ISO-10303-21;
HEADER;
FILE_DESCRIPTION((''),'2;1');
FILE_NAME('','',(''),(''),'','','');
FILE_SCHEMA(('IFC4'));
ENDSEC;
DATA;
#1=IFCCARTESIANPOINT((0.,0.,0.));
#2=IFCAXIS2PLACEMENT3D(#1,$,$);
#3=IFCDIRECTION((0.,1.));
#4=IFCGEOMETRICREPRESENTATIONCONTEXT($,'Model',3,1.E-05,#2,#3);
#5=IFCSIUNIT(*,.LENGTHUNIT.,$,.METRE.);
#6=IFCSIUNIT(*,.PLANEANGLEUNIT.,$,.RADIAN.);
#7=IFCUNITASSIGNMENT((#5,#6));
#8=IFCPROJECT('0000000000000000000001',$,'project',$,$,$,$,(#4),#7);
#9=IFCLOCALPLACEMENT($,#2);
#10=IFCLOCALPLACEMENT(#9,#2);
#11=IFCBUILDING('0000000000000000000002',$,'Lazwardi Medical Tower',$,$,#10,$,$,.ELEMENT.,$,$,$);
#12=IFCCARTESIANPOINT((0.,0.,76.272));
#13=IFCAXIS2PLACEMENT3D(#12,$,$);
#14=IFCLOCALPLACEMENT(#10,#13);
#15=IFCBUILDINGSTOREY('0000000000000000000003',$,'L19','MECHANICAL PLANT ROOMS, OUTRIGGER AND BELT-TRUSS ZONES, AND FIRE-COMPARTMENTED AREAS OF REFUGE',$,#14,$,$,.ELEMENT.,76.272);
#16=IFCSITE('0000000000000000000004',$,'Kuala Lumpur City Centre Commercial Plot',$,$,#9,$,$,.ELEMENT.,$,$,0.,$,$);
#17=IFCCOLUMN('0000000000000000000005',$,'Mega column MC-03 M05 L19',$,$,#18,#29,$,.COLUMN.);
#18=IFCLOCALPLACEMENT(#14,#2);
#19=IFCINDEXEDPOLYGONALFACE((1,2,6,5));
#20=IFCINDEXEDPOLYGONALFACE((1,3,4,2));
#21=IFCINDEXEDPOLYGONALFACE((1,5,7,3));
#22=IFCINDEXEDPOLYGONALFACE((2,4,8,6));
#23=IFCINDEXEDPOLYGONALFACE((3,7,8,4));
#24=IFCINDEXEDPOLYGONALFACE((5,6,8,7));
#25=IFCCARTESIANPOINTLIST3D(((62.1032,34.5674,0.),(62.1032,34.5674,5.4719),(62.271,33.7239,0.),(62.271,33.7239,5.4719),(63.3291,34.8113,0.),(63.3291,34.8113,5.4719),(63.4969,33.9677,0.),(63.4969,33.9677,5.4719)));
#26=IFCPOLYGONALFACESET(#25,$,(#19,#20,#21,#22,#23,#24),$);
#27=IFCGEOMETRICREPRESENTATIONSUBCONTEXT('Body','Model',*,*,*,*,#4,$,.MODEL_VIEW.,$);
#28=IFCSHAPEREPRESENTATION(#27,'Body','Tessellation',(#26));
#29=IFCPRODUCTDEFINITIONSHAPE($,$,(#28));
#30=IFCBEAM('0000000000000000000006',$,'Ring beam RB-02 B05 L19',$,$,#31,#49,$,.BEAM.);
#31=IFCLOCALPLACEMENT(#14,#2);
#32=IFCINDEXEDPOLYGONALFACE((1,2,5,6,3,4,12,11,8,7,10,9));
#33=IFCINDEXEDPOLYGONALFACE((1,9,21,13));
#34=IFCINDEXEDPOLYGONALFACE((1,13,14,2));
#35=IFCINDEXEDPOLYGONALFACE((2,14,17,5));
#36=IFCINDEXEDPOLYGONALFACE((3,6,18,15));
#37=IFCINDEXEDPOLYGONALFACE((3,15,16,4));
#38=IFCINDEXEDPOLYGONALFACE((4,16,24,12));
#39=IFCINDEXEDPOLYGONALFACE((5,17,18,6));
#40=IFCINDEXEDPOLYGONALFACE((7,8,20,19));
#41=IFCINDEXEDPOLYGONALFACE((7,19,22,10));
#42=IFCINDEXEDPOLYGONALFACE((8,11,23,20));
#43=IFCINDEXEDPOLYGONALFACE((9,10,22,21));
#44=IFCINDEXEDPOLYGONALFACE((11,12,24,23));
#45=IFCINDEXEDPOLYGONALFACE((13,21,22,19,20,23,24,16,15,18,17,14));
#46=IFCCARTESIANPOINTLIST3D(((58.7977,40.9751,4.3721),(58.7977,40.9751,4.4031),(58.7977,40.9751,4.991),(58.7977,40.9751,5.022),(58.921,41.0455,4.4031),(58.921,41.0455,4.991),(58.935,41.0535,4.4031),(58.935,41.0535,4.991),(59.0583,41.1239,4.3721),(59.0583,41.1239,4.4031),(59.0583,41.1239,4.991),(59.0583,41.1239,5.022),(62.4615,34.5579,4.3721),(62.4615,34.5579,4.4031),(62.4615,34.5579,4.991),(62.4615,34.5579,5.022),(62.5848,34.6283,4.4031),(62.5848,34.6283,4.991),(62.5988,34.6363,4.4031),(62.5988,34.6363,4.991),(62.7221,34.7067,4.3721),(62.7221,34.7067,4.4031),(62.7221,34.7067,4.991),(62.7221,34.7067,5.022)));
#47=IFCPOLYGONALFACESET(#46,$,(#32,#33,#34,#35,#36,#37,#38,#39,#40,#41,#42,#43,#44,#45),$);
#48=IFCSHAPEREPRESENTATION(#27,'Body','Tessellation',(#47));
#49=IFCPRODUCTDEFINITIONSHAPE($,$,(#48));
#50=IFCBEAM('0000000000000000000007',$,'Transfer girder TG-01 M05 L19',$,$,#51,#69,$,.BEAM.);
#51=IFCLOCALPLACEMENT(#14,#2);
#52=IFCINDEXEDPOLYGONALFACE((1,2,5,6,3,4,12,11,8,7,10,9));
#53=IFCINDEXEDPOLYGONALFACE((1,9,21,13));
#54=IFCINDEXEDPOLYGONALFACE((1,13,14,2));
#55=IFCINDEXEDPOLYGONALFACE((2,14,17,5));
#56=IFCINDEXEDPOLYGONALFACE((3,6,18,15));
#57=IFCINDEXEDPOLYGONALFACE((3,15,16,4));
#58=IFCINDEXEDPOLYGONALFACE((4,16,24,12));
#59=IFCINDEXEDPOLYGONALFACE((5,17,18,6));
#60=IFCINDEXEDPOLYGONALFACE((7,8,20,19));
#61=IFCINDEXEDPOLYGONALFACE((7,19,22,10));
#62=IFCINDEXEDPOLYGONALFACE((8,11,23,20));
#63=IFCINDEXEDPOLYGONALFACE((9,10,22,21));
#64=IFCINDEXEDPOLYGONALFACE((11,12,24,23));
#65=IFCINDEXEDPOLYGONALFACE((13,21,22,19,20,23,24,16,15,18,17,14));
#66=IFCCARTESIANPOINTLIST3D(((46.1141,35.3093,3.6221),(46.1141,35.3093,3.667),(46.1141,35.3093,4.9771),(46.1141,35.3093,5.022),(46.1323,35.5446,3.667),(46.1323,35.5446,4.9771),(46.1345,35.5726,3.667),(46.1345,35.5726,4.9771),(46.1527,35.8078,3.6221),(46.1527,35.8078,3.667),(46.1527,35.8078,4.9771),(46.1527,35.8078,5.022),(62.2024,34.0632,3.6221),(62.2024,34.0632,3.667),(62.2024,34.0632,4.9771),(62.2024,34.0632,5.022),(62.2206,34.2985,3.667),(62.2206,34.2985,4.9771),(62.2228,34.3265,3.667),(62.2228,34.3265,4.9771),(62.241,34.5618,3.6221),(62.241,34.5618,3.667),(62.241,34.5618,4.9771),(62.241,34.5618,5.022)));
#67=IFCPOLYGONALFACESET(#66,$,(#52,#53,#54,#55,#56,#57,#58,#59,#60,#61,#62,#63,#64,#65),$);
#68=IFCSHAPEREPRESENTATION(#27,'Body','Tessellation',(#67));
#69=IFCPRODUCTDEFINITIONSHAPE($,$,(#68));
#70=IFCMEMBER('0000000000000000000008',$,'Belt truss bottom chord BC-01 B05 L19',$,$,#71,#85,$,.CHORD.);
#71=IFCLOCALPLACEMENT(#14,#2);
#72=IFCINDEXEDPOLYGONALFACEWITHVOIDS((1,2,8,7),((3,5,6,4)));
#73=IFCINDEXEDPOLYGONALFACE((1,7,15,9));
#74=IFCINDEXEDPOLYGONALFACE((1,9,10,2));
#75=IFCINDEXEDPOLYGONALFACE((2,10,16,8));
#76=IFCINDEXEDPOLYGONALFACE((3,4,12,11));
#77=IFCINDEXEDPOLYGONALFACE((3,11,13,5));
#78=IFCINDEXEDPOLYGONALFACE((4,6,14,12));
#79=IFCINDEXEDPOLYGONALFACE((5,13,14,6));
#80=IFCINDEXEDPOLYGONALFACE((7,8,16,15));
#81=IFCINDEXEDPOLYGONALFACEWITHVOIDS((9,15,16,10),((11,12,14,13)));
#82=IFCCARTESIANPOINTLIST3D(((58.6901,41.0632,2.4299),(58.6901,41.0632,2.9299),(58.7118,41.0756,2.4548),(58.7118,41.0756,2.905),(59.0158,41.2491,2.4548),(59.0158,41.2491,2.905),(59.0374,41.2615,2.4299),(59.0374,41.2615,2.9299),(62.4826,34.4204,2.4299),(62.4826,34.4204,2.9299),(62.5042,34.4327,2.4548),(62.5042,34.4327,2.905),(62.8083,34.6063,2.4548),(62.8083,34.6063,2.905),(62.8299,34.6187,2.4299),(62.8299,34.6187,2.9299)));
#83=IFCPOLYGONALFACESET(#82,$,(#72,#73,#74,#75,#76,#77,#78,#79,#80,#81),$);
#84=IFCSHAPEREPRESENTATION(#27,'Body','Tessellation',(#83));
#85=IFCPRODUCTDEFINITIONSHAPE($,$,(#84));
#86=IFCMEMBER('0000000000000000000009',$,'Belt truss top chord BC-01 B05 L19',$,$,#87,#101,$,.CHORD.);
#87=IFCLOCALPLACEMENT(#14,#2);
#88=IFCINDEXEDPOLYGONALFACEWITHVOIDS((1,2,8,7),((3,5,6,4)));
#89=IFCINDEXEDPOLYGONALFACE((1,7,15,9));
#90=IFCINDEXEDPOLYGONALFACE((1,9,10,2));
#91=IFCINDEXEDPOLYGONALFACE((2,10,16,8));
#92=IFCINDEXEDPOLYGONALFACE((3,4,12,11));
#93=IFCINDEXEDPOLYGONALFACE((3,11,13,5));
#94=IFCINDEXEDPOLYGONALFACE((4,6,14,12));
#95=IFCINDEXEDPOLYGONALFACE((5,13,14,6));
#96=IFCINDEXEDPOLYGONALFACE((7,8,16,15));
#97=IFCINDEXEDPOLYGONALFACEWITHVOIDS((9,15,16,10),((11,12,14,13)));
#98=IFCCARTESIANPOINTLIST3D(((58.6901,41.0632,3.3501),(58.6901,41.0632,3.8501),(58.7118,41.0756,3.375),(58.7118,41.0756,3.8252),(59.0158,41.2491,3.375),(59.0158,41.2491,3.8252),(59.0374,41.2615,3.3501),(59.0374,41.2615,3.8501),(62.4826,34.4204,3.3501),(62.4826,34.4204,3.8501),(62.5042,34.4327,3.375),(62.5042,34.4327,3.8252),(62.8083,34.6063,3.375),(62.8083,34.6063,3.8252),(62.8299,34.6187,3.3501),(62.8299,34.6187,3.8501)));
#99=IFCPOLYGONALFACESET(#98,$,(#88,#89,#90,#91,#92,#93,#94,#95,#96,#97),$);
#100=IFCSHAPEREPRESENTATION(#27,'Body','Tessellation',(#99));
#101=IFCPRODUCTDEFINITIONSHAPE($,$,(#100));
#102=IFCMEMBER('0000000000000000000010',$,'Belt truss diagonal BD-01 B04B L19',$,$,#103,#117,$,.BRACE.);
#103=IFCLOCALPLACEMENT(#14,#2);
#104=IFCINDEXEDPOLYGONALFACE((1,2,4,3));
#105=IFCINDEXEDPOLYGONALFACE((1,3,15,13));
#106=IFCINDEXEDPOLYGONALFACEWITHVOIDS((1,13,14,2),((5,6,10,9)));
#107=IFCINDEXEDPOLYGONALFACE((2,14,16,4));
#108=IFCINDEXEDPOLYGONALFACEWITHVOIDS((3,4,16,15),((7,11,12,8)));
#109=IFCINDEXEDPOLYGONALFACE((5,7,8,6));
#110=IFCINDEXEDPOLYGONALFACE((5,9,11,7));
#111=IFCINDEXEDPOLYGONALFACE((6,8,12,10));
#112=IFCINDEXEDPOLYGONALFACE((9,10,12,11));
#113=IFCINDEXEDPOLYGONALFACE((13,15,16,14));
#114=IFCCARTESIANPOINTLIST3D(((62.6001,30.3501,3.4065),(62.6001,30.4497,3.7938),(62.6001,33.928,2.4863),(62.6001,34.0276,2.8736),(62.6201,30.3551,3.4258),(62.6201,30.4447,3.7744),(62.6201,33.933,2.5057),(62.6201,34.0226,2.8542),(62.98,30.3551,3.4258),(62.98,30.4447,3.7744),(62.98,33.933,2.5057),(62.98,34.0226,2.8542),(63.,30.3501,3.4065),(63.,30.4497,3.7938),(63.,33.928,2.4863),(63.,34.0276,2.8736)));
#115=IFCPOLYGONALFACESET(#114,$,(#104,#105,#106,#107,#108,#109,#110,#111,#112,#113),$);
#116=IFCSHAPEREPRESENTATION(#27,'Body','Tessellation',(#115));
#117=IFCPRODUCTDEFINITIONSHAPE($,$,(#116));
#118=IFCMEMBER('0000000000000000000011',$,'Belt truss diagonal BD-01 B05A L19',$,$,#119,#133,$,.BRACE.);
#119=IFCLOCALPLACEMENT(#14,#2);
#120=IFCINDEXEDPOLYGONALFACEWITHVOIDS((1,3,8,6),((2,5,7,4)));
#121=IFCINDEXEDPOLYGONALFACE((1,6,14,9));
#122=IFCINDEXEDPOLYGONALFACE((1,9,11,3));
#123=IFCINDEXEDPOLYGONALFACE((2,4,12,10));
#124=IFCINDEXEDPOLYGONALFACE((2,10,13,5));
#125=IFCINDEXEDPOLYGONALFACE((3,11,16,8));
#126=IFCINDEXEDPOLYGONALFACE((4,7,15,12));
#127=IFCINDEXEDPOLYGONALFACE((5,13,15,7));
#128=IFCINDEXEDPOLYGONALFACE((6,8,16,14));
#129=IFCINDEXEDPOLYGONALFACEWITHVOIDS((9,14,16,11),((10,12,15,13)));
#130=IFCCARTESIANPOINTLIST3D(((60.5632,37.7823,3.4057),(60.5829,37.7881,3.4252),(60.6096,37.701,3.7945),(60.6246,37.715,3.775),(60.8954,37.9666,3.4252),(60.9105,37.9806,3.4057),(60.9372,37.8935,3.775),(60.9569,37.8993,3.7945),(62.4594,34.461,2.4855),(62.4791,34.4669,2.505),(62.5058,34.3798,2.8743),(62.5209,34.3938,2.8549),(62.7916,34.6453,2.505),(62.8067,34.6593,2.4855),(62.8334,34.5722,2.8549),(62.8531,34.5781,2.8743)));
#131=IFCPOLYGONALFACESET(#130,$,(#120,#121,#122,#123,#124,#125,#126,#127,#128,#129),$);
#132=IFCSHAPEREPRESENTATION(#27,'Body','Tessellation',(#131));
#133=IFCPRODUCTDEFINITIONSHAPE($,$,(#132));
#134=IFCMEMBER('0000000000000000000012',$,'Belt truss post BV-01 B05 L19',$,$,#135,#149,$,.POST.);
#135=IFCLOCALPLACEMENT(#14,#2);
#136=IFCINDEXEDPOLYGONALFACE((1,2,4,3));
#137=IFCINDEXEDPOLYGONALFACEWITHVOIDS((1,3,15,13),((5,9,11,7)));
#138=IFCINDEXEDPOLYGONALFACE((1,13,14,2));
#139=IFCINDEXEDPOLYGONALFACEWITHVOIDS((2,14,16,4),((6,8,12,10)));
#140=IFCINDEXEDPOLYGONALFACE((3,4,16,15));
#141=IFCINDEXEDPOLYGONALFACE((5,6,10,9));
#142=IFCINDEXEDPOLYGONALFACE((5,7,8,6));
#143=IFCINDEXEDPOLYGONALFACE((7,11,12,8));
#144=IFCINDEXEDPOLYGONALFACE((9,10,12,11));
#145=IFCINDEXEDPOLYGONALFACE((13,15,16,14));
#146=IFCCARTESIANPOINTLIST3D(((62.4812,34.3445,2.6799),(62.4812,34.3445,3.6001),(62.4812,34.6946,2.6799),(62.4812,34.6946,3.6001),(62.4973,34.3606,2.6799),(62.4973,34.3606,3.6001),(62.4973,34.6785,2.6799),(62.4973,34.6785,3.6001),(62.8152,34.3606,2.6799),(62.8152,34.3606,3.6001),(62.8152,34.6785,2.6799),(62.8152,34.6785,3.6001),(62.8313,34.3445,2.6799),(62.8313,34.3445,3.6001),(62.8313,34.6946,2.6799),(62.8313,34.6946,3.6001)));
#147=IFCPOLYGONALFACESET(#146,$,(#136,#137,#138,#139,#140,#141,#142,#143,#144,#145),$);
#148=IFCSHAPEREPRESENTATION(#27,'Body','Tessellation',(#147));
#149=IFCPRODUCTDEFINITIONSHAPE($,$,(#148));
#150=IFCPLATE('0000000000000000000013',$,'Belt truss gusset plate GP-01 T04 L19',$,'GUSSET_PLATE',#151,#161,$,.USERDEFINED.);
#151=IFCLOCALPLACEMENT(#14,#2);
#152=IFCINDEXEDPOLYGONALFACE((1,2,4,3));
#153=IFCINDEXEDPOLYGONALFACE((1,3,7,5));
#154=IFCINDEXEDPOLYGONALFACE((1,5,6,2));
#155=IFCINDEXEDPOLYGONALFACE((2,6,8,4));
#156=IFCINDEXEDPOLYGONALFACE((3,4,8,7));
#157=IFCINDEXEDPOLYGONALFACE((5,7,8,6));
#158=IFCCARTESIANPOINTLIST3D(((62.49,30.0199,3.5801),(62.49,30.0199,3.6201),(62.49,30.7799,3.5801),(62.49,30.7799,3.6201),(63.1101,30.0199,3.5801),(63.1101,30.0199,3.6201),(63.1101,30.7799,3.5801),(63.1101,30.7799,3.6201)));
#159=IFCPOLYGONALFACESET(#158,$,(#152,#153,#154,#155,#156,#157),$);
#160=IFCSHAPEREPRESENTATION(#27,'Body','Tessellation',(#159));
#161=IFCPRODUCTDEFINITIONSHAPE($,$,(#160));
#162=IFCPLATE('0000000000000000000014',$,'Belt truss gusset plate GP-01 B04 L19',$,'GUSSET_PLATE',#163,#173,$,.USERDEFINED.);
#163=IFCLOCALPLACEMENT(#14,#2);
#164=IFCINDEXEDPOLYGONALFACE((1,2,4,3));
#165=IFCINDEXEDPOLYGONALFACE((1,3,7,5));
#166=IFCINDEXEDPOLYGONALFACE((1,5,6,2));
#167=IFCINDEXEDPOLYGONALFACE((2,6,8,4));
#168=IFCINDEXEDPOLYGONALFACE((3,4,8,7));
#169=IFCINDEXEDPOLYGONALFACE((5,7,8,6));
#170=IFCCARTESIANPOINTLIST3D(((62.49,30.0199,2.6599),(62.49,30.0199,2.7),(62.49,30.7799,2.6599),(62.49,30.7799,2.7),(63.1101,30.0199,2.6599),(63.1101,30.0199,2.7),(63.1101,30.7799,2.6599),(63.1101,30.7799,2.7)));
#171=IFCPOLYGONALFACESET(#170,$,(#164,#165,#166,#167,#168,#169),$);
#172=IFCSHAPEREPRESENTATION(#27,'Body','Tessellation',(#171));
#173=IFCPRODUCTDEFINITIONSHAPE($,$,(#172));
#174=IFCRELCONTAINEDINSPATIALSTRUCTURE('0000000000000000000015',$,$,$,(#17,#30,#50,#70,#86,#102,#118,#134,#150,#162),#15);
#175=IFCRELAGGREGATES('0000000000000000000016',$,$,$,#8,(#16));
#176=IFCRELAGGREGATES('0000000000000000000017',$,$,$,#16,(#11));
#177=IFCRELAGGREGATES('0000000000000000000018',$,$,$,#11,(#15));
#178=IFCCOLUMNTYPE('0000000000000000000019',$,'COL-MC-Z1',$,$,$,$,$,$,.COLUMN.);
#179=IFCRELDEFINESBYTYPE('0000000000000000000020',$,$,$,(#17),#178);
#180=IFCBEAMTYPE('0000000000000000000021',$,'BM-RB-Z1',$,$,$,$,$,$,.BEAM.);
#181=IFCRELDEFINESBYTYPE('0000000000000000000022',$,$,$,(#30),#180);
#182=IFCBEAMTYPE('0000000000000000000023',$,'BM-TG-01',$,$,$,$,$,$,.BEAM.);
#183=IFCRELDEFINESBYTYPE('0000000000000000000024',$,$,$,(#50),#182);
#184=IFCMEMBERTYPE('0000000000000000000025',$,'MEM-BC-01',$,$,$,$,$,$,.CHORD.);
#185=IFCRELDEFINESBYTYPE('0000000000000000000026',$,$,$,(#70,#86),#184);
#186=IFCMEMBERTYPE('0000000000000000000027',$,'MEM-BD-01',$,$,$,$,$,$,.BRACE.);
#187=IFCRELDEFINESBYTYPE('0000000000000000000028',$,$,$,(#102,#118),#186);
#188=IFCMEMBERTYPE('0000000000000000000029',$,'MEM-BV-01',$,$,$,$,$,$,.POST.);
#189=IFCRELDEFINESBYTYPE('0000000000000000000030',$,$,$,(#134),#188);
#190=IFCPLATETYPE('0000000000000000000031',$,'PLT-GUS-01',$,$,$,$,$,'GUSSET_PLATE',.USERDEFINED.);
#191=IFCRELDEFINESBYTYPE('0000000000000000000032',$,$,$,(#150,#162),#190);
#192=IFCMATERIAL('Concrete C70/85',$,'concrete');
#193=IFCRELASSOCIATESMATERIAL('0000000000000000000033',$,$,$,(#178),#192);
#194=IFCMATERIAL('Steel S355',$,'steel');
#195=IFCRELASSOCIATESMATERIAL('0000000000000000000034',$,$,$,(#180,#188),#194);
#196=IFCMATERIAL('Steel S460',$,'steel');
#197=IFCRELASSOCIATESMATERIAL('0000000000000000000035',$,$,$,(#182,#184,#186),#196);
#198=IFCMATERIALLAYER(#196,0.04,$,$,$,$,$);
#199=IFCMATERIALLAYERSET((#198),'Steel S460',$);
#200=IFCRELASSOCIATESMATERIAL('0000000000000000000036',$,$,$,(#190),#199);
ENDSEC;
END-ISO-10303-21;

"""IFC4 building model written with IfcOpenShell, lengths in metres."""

from ifc_helpers import new_model, si_unit, direction, frame, origin, origin_2d, place, context, subcontext, project, spatial, rectangle, hollow_rectangle, i_section, extrude, material, layer, layer_set, material_profile, profile_set, type_object, element, save


model = new_model("IFC4")

# Units and contexts
model_context = context("Model", 3, precision=1e-05, world=origin(), true_north=direction((0.0, 1.0)))
body_context = subcontext(model_context, "Body", "Model", "MODEL_VIEW")
ifc_project = project(units=[si_unit("LENGTHUNIT", "METRE"), si_unit("PLANEANGLEUNIT", "RADIAN")], contexts=[model_context])

# Site, building, storey
site_placement = place(None, origin())
site = spatial("IfcSite", under=ifc_project, at=site_placement, Name="Kuala Lumpur City Centre Commercial Plot", CompositionType="ELEMENT", RefElevation=0.0)
building_placement = place(site_placement, origin())
building = spatial("IfcBuilding", under=site, at=building_placement, Name="Lazwardi Medical Tower", CompositionType="ELEMENT")
storey_placement = place(building_placement, frame((0.0, 0.0, 76.272)))
storey = spatial("IfcBuildingStorey", under=building, at=storey_placement, Name="L19", Description="MECHANICAL PLANT ROOMS, OUTRIGGER AND BELT-TRUSS ZONES, AND FIRE-COMPARTMENTED AREAS OF REFUGE", CompositionType="ELEMENT", Elevation=76.272)

# Column
ifc_material_1 = material(Name="Concrete C70/85", Category="concrete")
ifc_material_profile_1 = material_profile(ifc_material_1, rectangle(XDim=1.25, YDim=0.8601, at=origin_2d()), Name="CFT-RECT 1250x860")
ifc_profile_set_1 = profile_set([ifc_material_profile_1], Name="Concrete C70/85")
column_type = type_object("IfcColumnType", Name="COL-MC-Z1", PredefinedType="COLUMN", material=ifc_profile_set_1)
column_placement = place(storey_placement, frame((62.8, 34.2676, 0.0), z_axis=(0.0, 0.0, 1.0), x_axis=(0.980785, 0.19509, 0.0)))
element("IfcColumn", 1, at=column_placement, inside=storey, type_object=column_type, Name="Mega column MC-03 M05 L19", PredefinedType="COLUMN", context=body_context, shape_type="SweptSolid", body=[
    extrude(rectangle(XDim=1.25, YDim=0.8601, at=origin_2d()), origin(), (0.0, 0.0, 1.0), 5.4719),
])

# Beams
ifc_material_2 = material(Name="Steel S355", Category="steel")
ifc_material_profile_2 = material_profile(ifc_material_2, i_section(OverallWidth=0.3, OverallDepth=0.6499, WebThickness=0.0161, FlangeThickness=0.031, at=origin_2d()), Name="HEB 650")
ifc_profile_set_2 = profile_set([ifc_material_profile_2], Name="Steel S355")
beam_type_1 = type_object("IfcBeamType", Name="BM-RB-Z1", PredefinedType="BEAM", material=ifc_profile_set_2)
beam_1_placement = place(storey_placement, frame((62.5918, 34.6323, 4.697), z_axis=(-0.495815, 0.868428, 0.0), x_axis=(-0.868428, -0.495815, 0.0)))
element("IfcBeam", 2, at=beam_1_placement, inside=storey, type_object=beam_type_1, Name="Ring beam RB-02 B05 L19", PredefinedType="BEAM", context=body_context, shape_type="SweptSolid", body=[
    extrude(i_section(OverallWidth=0.3, OverallDepth=0.6499, WebThickness=0.0161, FlangeThickness=0.031, at=origin_2d()), origin(), (0.0, 0.0, 1.0), 7.3894),
])
ifc_material_3 = material(Name="Steel S460", Category="steel")
ifc_material_profile_3 = material_profile(ifc_material_3, i_section(OverallWidth=0.5, OverallDepth=1.3999, WebThickness=0.0281, FlangeThickness=0.0449, at=origin_2d()), Name="PG 1400x500")
ifc_profile_set_3 = profile_set([ifc_material_profile_3], Name="Steel S460")
beam_type_2 = type_object("IfcBeamType", Name="BM-TG-01", PredefinedType="BEAM", material=ifc_profile_set_3)
beam_2_placement = place(storey_placement, frame((62.2217, 34.3125, 4.322), z_axis=(-0.997014, 0.077222, 0.0), x_axis=(-0.077222, -0.997014, 0.0)))
element("IfcBeam", 3, at=beam_2_placement, inside=storey, type_object=beam_type_2, Name="Transfer girder TG-01 M05 L19", PredefinedType="BEAM", context=body_context, shape_type="SweptSolid", body=[
    extrude(i_section(OverallWidth=0.5, OverallDepth=1.3999, WebThickness=0.0281, FlangeThickness=0.0449, at=origin_2d()), origin(), (0.0, 0.0, 1.0), 16.1365),
])

# Members
ifc_material_profile_4 = material_profile(ifc_material_3, hollow_rectangle(XDim=0.3999, YDim=0.5, WallThickness=0.0249, at=origin_2d()), Name="RHS 500x400x25")
ifc_profile_set_4 = profile_set([ifc_material_profile_4], Name="Steel S460")
member_type_1 = type_object("IfcMemberType", Name="MEM-BC-01", PredefinedType="CHORD", material=ifc_profile_set_4)
for number, where, z_axis, x_axis, name in (
    (4, (62.6562, 34.5195, 2.6799), (-0.495802, 0.868436, 0.0), (-0.868436, -0.495802, 0.0), "Belt truss bottom chord BC-01 B05 L19"),
    (5, (62.6562, 34.5195, 3.6001), (-0.495802, 0.868436, 0.0), (-0.868436, -0.495802, 0.0), "Belt truss top chord BC-01 B05 L19"),
):
    element("IfcMember", number, at=place(storey_placement, frame(where, z_axis=z_axis, x_axis=x_axis)), inside=storey, type_object=member_type_1, Name=name, PredefinedType="CHORD", context=body_context, shape_type="SweptSolid", body=[
        extrude(hollow_rectangle(XDim=0.3999, YDim=0.5, WallThickness=0.0249, at=origin_2d()), origin(), (0.0, 0.0, 1.0), 7.6492),
    ])
ifc_material_profile_5 = material_profile(ifc_material_3, hollow_rectangle(XDim=0.3999, YDim=0.3999, WallThickness=0.02, at=origin_2d()), Name="RHS 400x400x20")
ifc_profile_set_5 = profile_set([ifc_material_profile_5], Name="Steel S460")
member_type_2 = type_object("IfcMemberType", Name="MEM-BD-01", PredefinedType="BRACE", material=ifc_profile_set_5)
member_1_placement = place(storey_placement, frame((62.8, 33.9778, 2.6799), z_axis=(0.0, -0.968484, 0.249076), x_axis=(1.0, 0.0, 0.0)))
element("IfcMember", 6, at=member_1_placement, inside=storey, type_object=member_type_2, Name="Belt truss diagonal BD-01 B04B L19", PredefinedType="BRACE", context=body_context, shape_type="SweptSolid", body=[
    extrude(hollow_rectangle(XDim=0.3999, YDim=0.3999, WallThickness=0.02, at=origin_2d()), origin(), (0.0, 0.0, 1.0), 3.6943),
])
member_2_placement = place(storey_placement, frame((62.6562, 34.5195, 2.6799), z_axis=(-0.482059, 0.844333, 0.233923), x_axis=(-0.868428, -0.495816, 0.0)))
element("IfcMember", 7, at=member_2_placement, inside=storey, type_object=member_type_2, Name="Belt truss diagonal BD-01 B05A L19", PredefinedType="BRACE", context=body_context, shape_type="SweptSolid", body=[
    extrude(hollow_rectangle(XDim=0.3999, YDim=0.3999, WallThickness=0.02, at=origin_2d()), origin(), (0.0, 0.0, 1.0), 3.9336),
])
ifc_material_profile_6 = material_profile(ifc_material_2, hollow_rectangle(XDim=0.3501, YDim=0.3501, WallThickness=0.0161, at=origin_2d()), Name="RHS 350x350x16")
ifc_profile_set_6 = profile_set([ifc_material_profile_6], Name="Steel S355")
member_type_3 = type_object("IfcMemberType", Name="MEM-BV-01", PredefinedType="POST", material=ifc_profile_set_6)
member_3_placement = place(storey_placement, frame((62.6562, 34.5195, 2.6799), z_axis=(0.0, 0.0, 1.0), x_axis=(1.0, 0.0, 0.0)))
element("IfcMember", 8, at=member_3_placement, inside=storey, type_object=member_type_3, Name="Belt truss post BV-01 B05 L19", PredefinedType="POST", context=body_context, shape_type="SweptSolid", body=[
    extrude(hollow_rectangle(XDim=0.3501, YDim=0.3501, WallThickness=0.0161, at=origin_2d()), origin(), (0.0, 0.0, 1.0), 0.9202),
])

# Plates
ifc_layer = layer(ifc_material_3, 0.04)
ifc_layer_set = layer_set([ifc_layer], Name="Steel S460")
plate_type = type_object("IfcPlateType", Name="PLT-GUS-01", ElementType="GUSSET_PLATE", PredefinedType="USERDEFINED", material=ifc_layer_set)
for number, where, z_axis, x_axis, name in (
    (9, (62.8, 30.3999, 3.5801), (0.0, 0.0, 1.0), (0.0, 1.0, 0.0), "Belt truss gusset plate GP-01 T04 L19"),
    (10, (62.8, 30.3999, 2.6599), (0.0, 0.0, 1.0), (0.0, 1.0, 0.0), "Belt truss gusset plate GP-01 B04 L19"),
):
    element("IfcPlate", number, at=place(storey_placement, frame(where, z_axis=z_axis, x_axis=x_axis)), inside=storey, type_object=plate_type, Name=name, ObjectType="GUSSET_PLATE", PredefinedType="USERDEFINED", context=body_context, shape_type="SweptSolid", body=[
        extrude(rectangle(XDim=0.76, YDim=0.6201, at=origin_2d()), origin(), (0.0, 0.0, 1.0), 0.04),
    ])

save(model, "model.ifc")
